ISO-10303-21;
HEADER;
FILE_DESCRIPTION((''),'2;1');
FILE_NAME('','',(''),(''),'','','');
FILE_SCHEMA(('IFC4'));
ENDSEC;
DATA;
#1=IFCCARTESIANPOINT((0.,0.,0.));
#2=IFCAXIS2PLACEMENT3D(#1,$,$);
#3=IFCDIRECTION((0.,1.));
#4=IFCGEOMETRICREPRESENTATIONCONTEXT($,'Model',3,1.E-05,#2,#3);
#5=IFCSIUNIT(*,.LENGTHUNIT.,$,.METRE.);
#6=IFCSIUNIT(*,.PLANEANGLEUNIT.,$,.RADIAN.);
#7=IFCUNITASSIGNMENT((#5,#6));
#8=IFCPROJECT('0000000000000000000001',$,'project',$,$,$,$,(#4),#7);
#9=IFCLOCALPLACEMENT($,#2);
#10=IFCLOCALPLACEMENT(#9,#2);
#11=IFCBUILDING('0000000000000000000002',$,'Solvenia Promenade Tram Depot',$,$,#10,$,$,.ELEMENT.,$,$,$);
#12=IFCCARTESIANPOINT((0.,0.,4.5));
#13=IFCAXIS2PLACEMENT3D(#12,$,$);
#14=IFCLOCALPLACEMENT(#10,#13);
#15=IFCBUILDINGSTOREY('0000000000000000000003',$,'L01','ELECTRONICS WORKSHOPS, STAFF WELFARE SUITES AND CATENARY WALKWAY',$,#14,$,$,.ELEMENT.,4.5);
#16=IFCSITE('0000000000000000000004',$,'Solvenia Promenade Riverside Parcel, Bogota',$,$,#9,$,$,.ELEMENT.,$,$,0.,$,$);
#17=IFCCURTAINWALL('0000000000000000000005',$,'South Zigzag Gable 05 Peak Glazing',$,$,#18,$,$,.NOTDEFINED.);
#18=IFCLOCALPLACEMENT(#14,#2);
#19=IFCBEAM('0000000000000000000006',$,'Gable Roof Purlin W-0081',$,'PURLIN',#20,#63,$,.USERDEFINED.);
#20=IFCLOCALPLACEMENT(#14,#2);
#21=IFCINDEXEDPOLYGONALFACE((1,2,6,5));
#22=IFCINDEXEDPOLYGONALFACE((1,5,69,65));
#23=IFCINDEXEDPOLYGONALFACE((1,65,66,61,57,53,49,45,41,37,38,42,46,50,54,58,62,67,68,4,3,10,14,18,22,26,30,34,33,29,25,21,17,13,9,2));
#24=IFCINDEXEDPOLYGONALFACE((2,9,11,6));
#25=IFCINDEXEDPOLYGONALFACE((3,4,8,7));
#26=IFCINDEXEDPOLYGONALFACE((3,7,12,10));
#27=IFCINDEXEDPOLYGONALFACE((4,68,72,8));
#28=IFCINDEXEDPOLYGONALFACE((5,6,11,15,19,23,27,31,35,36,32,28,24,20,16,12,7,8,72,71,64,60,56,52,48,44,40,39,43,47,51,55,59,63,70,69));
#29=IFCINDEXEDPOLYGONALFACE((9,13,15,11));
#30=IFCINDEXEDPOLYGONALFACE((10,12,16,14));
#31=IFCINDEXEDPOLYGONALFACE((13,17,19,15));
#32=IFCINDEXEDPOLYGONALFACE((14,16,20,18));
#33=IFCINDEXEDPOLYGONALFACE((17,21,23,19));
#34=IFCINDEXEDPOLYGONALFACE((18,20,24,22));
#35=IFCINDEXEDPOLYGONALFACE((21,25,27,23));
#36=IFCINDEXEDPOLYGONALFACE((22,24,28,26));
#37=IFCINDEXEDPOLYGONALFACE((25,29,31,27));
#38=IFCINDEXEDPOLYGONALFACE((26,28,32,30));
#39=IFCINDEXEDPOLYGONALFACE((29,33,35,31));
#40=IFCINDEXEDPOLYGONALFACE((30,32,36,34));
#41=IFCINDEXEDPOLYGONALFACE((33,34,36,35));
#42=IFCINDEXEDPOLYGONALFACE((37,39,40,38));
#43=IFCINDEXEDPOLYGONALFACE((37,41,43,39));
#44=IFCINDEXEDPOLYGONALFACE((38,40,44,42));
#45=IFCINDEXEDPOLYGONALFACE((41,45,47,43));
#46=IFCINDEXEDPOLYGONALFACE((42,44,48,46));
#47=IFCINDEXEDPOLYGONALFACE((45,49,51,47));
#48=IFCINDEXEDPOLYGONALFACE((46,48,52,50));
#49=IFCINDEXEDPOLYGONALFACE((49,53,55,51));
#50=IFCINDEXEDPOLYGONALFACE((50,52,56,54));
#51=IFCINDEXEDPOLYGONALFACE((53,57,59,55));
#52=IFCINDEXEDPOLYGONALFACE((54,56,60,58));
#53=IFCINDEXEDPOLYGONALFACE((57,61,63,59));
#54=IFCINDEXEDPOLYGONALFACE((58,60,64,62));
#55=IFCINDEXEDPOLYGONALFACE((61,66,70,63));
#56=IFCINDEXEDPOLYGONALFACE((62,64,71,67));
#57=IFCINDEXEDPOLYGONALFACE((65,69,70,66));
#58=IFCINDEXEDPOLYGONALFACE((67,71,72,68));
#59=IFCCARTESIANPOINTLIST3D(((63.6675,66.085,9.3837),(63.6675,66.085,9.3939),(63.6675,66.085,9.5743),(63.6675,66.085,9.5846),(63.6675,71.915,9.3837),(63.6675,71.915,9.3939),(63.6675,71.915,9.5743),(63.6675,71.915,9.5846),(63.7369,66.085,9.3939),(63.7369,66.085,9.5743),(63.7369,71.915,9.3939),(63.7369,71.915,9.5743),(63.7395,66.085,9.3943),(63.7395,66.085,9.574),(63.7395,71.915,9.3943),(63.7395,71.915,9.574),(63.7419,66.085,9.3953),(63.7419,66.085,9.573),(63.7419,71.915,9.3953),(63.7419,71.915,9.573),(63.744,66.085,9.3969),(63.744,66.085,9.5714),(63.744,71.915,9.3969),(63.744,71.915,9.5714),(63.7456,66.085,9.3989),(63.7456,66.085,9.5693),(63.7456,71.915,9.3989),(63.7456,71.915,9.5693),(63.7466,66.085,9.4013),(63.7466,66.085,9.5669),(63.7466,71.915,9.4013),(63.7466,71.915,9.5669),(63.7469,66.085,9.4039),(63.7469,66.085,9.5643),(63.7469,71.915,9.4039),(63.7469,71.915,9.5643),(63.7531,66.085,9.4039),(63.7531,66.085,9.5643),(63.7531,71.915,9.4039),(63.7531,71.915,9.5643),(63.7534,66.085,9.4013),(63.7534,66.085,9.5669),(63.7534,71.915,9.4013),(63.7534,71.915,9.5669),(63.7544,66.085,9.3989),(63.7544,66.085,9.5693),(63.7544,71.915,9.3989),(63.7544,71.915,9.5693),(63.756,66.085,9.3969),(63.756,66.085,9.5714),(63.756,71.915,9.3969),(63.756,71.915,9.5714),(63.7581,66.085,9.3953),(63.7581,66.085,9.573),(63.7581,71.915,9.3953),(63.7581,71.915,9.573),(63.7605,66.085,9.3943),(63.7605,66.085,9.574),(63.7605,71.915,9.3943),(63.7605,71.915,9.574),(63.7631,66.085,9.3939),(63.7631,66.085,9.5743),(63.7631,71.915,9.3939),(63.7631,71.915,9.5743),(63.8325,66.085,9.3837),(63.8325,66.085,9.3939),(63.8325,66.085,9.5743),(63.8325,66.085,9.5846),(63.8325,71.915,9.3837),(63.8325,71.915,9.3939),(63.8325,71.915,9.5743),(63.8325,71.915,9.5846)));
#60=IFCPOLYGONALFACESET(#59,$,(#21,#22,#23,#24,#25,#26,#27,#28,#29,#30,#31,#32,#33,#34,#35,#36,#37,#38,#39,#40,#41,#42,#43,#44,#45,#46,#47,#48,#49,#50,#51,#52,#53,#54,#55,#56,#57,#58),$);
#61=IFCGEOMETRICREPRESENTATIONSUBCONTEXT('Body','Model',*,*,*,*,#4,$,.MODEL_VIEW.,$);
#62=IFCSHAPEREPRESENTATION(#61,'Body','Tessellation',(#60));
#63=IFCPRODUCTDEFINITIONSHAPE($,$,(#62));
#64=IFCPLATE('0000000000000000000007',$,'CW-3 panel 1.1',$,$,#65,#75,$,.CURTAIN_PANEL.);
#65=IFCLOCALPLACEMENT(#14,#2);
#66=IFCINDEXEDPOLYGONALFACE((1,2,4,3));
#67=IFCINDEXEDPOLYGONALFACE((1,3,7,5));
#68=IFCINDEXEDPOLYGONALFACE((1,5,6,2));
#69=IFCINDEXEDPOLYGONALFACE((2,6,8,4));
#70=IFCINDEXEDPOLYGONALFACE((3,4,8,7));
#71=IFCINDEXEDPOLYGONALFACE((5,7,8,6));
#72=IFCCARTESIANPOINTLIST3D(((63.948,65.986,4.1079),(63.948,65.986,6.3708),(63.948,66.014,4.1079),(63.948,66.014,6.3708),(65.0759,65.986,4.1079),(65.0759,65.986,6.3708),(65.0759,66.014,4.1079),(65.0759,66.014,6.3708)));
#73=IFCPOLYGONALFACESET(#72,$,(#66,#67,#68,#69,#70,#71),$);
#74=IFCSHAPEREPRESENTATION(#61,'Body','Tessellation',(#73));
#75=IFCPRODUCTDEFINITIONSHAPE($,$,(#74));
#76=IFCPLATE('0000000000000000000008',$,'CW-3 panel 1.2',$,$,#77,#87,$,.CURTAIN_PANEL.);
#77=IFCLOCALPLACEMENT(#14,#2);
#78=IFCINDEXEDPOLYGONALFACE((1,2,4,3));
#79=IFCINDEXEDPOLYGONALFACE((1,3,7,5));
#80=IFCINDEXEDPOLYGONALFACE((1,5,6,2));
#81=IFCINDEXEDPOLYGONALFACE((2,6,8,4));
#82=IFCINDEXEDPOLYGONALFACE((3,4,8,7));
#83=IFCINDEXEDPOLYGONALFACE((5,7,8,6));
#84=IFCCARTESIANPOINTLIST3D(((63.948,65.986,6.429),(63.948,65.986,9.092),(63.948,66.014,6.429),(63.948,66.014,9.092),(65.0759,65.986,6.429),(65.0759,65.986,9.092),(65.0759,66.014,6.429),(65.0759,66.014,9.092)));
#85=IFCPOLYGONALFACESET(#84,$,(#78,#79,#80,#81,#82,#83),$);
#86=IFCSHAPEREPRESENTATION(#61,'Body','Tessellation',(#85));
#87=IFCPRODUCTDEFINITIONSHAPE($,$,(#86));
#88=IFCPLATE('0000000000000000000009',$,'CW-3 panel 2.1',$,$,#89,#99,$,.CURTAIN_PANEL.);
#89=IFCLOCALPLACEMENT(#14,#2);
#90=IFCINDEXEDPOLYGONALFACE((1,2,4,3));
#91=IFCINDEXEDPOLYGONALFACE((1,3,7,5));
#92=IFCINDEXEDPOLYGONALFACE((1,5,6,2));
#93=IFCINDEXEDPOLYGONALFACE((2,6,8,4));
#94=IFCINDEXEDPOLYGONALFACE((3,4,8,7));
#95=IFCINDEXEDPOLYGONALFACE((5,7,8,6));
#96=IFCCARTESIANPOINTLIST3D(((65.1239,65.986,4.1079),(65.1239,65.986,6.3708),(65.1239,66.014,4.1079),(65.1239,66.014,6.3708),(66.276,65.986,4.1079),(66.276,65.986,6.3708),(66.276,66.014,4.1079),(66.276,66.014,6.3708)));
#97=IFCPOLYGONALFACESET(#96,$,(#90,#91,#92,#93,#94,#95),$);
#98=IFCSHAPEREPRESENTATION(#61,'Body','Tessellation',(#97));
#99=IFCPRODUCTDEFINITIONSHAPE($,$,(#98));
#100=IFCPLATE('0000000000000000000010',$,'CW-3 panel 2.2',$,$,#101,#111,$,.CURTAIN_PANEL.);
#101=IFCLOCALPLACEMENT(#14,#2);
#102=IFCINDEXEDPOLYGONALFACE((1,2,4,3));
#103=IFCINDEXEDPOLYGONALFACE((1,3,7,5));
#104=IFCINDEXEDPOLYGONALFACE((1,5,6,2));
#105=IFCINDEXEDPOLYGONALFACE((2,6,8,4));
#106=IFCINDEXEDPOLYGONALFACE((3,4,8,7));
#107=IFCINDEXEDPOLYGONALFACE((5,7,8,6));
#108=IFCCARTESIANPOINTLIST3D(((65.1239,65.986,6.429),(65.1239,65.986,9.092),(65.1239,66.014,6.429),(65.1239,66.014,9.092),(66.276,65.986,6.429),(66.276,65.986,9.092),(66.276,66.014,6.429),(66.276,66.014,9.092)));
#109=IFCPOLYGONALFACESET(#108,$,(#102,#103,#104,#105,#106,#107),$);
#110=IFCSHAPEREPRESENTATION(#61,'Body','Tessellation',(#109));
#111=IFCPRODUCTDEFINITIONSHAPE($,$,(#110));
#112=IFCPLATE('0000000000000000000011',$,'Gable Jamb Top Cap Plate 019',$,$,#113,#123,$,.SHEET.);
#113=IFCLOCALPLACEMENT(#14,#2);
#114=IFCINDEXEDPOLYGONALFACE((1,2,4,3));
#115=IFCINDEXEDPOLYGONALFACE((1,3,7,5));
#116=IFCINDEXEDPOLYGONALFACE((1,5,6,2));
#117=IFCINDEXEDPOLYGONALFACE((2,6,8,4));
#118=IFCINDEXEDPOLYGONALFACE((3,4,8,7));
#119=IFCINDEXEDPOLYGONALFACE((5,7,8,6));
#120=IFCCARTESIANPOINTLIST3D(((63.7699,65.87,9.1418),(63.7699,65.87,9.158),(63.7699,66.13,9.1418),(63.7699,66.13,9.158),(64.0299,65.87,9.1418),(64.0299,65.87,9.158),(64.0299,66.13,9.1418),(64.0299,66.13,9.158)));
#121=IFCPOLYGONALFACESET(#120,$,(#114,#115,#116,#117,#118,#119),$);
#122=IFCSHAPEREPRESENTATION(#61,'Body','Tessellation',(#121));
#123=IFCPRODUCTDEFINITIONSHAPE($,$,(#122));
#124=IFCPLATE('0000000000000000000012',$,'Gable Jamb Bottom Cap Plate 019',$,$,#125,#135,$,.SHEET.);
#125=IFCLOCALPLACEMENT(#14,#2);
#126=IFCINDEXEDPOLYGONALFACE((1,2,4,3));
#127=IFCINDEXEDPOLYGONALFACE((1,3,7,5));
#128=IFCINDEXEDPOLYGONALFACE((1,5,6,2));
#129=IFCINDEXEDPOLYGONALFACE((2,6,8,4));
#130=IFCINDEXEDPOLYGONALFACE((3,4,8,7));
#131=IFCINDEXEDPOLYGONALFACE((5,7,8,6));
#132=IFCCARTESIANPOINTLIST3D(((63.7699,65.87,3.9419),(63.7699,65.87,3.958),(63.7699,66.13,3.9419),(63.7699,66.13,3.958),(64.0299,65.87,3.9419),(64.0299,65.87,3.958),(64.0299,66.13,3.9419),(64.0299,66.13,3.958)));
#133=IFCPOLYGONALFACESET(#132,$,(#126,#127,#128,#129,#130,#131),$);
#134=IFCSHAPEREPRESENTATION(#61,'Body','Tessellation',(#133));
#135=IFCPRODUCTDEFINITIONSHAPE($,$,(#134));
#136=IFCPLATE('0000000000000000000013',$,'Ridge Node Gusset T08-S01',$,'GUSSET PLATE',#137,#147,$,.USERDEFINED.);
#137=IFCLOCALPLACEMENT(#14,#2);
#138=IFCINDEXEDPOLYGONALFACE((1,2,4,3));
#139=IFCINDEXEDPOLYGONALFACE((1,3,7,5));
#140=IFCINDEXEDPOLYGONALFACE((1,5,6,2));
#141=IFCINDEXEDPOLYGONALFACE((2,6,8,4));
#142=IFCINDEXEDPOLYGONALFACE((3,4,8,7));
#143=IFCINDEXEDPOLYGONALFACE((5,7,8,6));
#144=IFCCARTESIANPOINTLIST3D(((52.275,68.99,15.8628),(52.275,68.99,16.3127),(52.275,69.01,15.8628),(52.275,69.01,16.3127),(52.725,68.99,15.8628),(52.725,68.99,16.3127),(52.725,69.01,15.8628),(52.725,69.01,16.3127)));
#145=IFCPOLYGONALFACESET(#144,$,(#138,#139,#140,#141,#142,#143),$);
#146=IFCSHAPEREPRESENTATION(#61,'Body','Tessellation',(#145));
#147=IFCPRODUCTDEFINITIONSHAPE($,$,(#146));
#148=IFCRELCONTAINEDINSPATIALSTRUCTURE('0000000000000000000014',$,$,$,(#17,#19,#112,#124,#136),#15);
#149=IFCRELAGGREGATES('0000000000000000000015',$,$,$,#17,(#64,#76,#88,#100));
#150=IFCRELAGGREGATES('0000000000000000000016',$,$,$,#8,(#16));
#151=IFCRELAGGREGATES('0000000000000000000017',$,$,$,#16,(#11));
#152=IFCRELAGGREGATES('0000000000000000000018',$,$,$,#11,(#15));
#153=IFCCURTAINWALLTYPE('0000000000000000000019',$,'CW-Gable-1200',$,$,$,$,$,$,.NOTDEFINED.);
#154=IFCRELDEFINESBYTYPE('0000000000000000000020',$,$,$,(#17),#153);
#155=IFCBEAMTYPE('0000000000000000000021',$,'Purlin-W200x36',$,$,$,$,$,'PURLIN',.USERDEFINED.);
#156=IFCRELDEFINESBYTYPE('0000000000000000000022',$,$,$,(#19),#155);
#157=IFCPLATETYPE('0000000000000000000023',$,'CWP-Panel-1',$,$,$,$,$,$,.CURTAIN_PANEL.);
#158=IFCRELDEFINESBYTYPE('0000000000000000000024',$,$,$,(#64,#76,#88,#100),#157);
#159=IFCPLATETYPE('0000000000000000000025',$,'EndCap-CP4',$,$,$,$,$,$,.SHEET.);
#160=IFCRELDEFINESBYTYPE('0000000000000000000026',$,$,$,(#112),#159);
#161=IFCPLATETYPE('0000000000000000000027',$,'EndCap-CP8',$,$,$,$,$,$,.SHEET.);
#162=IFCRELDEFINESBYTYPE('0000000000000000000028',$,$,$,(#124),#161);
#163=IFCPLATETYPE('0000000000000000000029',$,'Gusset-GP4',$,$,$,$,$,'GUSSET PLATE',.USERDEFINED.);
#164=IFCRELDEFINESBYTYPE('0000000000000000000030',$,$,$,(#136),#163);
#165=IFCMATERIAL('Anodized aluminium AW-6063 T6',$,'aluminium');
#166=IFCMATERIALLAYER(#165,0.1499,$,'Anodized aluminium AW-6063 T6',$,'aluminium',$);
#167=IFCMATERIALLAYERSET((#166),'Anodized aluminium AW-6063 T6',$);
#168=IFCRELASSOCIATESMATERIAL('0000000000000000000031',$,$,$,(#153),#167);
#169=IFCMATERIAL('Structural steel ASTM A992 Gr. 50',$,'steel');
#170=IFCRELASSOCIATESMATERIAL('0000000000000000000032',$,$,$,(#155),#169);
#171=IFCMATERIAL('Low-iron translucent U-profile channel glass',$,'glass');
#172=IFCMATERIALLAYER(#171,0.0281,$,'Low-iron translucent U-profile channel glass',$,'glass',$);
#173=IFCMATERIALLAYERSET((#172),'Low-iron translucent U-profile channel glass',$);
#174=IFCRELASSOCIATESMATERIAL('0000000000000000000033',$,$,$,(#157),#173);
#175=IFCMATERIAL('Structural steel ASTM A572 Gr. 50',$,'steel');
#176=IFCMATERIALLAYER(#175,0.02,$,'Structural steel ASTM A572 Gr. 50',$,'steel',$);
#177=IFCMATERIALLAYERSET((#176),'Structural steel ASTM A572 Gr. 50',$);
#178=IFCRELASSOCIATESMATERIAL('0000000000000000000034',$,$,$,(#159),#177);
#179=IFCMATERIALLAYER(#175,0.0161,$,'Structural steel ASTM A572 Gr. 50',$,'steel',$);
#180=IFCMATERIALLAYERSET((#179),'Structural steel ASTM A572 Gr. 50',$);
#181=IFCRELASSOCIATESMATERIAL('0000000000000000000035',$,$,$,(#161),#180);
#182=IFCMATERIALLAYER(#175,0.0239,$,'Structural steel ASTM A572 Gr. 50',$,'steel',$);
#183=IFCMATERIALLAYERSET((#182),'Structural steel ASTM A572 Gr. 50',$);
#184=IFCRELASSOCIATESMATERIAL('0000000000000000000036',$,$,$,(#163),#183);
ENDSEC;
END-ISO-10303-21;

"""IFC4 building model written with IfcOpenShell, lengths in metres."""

from ifc_helpers import new_model, si_unit, direction, frame, origin, origin_2d, place, context, subcontext, project, spatial, rectangle, i_section, extrude, material, layer, layer_set, material_profile, profile_set, type_object, element, aggregate, save


model = new_model("IFC4")

# Units and contexts
model_context = context("Model", 3, precision=1e-05, world=origin(), true_north=direction((0.0, 1.0)))
body_context = subcontext(model_context, "Body", "Model", "MODEL_VIEW")
ifc_project = project(units=[si_unit("LENGTHUNIT", "METRE"), si_unit("PLANEANGLEUNIT", "RADIAN")], contexts=[model_context])

# Site, building, storey
site_placement = place(None, origin())
site = spatial("IfcSite", under=ifc_project, at=site_placement, Name="Solvenia Promenade Riverside Parcel, Bogota", CompositionType="ELEMENT", RefElevation=0.0)
building_placement = place(site_placement, origin())
building = spatial("IfcBuilding", under=site, at=building_placement, Name="Solvenia Promenade Tram Depot", CompositionType="ELEMENT")
storey_placement = place(building_placement, frame((0.0, 0.0, 4.5)))
storey = spatial("IfcBuildingStorey", under=building, at=storey_placement, Name="L01", Description="ELECTRONICS WORKSHOPS, STAFF WELFARE SUITES AND CATENARY WALKWAY", CompositionType="ELEMENT", Elevation=4.5)

# Curtain wall
ifc_material_1 = material(Name="Anodized aluminium AW-6063 T6", Category="aluminium")
ifc_layer_1 = layer(ifc_material_1, 0.1499, Name="Anodized aluminium AW-6063 T6", Category="aluminium")
ifc_layer_set_1 = layer_set([ifc_layer_1], Name="Anodized aluminium AW-6063 T6")
curtain_wall_type_1 = type_object("IfcCurtainWallType", Name="CW-Gable-1200", PredefinedType="NOTDEFINED", material=ifc_layer_set_1)
curtain_wall_1_placement = place(storey_placement, origin())
curtain_wall_1 = element("IfcCurtainWall", 1, at=curtain_wall_1_placement, inside=storey, type_object=curtain_wall_type_1, Name="South Zigzag Gable 05 Peak Glazing", PredefinedType="NOTDEFINED")

# Beam
ifc_material_2 = material(Name="Structural steel ASTM A992 Gr. 50", Category="steel")
ifc_material_profile_1 = material_profile(ifc_material_2, i_section(OverallWidth=0.165, OverallDepth=0.2009, WebThickness=0.0061, FlangeThickness=0.0103, FilletRadius=0.01, at=origin_2d()), Name="W200x36", Category="steel")
ifc_profile_set_1 = profile_set([ifc_material_profile_1], Name="Structural steel ASTM A992 Gr. 50")
beam_type_1 = type_object("IfcBeamType", Name="Purlin-W200x36", ElementType="PURLIN", PredefinedType="USERDEFINED", material=ifc_profile_set_1)
beam_1_placement = place(storey_placement, frame((63.75, 66.085, 9.4841), z_axis=(0.0, 1.0, 0.0), x_axis=(-1.0, 0.0, 0.0)))
element("IfcBeam", 2, at=beam_1_placement, inside=storey, type_object=beam_type_1, Name="Gable Roof Purlin W-0081", ObjectType="PURLIN", PredefinedType="USERDEFINED", context=body_context, shape_type="SweptSolid", body=[
    extrude(i_section(OverallWidth=0.165, OverallDepth=0.2009, WebThickness=0.0061, FlangeThickness=0.0103, FilletRadius=0.01, at=origin_2d()), origin(), (0.0, 0.0, 1.0), 5.8301),
])

# Plates
ifc_material_3 = material(Name="Low-iron translucent U-profile channel glass", Category="glass")
ifc_layer_2 = layer(ifc_material_3, 0.0281, Name="Low-iron translucent U-profile channel glass", Category="glass")
ifc_layer_set_2 = layer_set([ifc_layer_2], Name="Low-iron translucent U-profile channel glass")
plate_type_1 = type_object("IfcPlateType", Name="CWP-Panel-1", PredefinedType="CURTAIN_PANEL", material=ifc_layer_set_2)
plate_1_placement = place(storey_placement, frame((64.512, 66.0, 4.1079), z_axis=(0.0, 0.0, 1.0), x_axis=(1.0, 0.0, 0.0)))
plate_1 = element("IfcPlate", 3, at=plate_1_placement, type_object=plate_type_1, Name="CW-3 panel 1.1", PredefinedType="CURTAIN_PANEL", context=body_context, shape_type="SweptSolid", body=[
    extrude(rectangle(XDim=1.1279, YDim=0.0281, at=origin_2d()), origin(), (0.0, 0.0, 1.0), 2.2629),
])
plate_2_placement = place(storey_placement, frame((64.512, 66.0, 6.429), z_axis=(0.0, 0.0, 1.0), x_axis=(1.0, 0.0, 0.0)))
plate_2 = element("IfcPlate", 4, at=plate_2_placement, type_object=plate_type_1, Name="CW-3 panel 1.2", PredefinedType="CURTAIN_PANEL", context=body_context, shape_type="SweptSolid", body=[
    extrude(rectangle(XDim=1.1279, YDim=0.0281, at=origin_2d()), origin(), (0.0, 0.0, 1.0), 2.6631),
])
plate_3_placement = place(storey_placement, frame((65.7, 66.0, 4.1079), z_axis=(0.0, 0.0, 1.0), x_axis=(1.0, 0.0, 0.0)))
plate_3 = element("IfcPlate", 5, at=plate_3_placement, type_object=plate_type_1, Name="CW-3 panel 2.1", PredefinedType="CURTAIN_PANEL", context=body_context, shape_type="SweptSolid", body=[
    extrude(rectangle(XDim=1.1521, YDim=0.0281, at=origin_2d()), origin(), (0.0, 0.0, 1.0), 2.2629),
])
plate_4_placement = place(storey_placement, frame((65.7, 66.0, 6.429), z_axis=(0.0, 0.0, 1.0), x_axis=(1.0, 0.0, 0.0)))
plate_4 = element("IfcPlate", 6, at=plate_4_placement, type_object=plate_type_1, Name="CW-3 panel 2.2", PredefinedType="CURTAIN_PANEL", context=body_context, shape_type="SweptSolid", body=[
    extrude(rectangle(XDim=1.1521, YDim=0.0281, at=origin_2d()), origin(), (0.0, 0.0, 1.0), 2.6631),
])
aggregate(curtain_wall_1, [plate_1, plate_2, plate_3, plate_4])

# Plates
ifc_material_4 = material(Name="Structural steel ASTM A572 Gr. 50", Category="steel")
ifc_layer_3 = layer(ifc_material_4, 0.02, Name="Structural steel ASTM A572 Gr. 50", Category="steel")
ifc_layer_set_3 = layer_set([ifc_layer_3], Name="Structural steel ASTM A572 Gr. 50")
plate_type_2 = type_object("IfcPlateType", Name="EndCap-CP4", PredefinedType="SHEET", material=ifc_layer_set_3)
plate_5_placement = place(storey_placement, frame((63.8999, 66.0, 9.1418), z_axis=(0.0, 0.0, 1.0), x_axis=(1.0, 0.0, 0.0)))
element("IfcPlate", 7, at=plate_5_placement, inside=storey, type_object=plate_type_2, Name="Gable Jamb Top Cap Plate 019", PredefinedType="SHEET", context=body_context, shape_type="SweptSolid", body=[
    extrude(rectangle(XDim=0.26, YDim=0.26, at=origin_2d()), origin(), (0.0, 0.0, 1.0), 0.0161),
])
ifc_layer_4 = layer(ifc_material_4, 0.0161, Name="Structural steel ASTM A572 Gr. 50", Category="steel")
ifc_layer_set_4 = layer_set([ifc_layer_4], Name="Structural steel ASTM A572 Gr. 50")
plate_type_3 = type_object("IfcPlateType", Name="EndCap-CP8", PredefinedType="SHEET", material=ifc_layer_set_4)
plate_6_placement = place(storey_placement, frame((63.8999, 66.0, 3.9419), z_axis=(0.0, 0.0, 1.0), x_axis=(1.0, 0.0, 0.0)))
element("IfcPlate", 8, at=plate_6_placement, inside=storey, type_object=plate_type_3, Name="Gable Jamb Bottom Cap Plate 019", PredefinedType="SHEET", context=body_context, shape_type="SweptSolid", body=[
    extrude(rectangle(XDim=0.26, YDim=0.26, at=origin_2d()), origin(), (0.0, 0.0, 1.0), 0.0161),
])
ifc_layer_5 = layer(ifc_material_4, 0.0239, Name="Structural steel ASTM A572 Gr. 50", Category="steel")
ifc_layer_set_5 = layer_set([ifc_layer_5], Name="Structural steel ASTM A572 Gr. 50")
plate_type_4 = type_object("IfcPlateType", Name="Gusset-GP4", ElementType="GUSSET PLATE", PredefinedType="USERDEFINED", material=ifc_layer_set_5)
plate_7_placement = place(storey_placement, frame((52.5, 69.0, 15.8628), z_axis=(0.0, 0.0, 1.0), x_axis=(1.0, 0.0, 0.0)))
element("IfcPlate", 9, at=plate_7_placement, inside=storey, type_object=plate_type_4, Name="Ridge Node Gusset T08-S01", ObjectType="GUSSET PLATE", PredefinedType="USERDEFINED", context=body_context, shape_type="SweptSolid", body=[
    extrude(rectangle(XDim=0.45, YDim=0.02, at=origin_2d()), origin(), (0.0, 0.0, 1.0), 0.45),
])

save(model, "model.ifc")
